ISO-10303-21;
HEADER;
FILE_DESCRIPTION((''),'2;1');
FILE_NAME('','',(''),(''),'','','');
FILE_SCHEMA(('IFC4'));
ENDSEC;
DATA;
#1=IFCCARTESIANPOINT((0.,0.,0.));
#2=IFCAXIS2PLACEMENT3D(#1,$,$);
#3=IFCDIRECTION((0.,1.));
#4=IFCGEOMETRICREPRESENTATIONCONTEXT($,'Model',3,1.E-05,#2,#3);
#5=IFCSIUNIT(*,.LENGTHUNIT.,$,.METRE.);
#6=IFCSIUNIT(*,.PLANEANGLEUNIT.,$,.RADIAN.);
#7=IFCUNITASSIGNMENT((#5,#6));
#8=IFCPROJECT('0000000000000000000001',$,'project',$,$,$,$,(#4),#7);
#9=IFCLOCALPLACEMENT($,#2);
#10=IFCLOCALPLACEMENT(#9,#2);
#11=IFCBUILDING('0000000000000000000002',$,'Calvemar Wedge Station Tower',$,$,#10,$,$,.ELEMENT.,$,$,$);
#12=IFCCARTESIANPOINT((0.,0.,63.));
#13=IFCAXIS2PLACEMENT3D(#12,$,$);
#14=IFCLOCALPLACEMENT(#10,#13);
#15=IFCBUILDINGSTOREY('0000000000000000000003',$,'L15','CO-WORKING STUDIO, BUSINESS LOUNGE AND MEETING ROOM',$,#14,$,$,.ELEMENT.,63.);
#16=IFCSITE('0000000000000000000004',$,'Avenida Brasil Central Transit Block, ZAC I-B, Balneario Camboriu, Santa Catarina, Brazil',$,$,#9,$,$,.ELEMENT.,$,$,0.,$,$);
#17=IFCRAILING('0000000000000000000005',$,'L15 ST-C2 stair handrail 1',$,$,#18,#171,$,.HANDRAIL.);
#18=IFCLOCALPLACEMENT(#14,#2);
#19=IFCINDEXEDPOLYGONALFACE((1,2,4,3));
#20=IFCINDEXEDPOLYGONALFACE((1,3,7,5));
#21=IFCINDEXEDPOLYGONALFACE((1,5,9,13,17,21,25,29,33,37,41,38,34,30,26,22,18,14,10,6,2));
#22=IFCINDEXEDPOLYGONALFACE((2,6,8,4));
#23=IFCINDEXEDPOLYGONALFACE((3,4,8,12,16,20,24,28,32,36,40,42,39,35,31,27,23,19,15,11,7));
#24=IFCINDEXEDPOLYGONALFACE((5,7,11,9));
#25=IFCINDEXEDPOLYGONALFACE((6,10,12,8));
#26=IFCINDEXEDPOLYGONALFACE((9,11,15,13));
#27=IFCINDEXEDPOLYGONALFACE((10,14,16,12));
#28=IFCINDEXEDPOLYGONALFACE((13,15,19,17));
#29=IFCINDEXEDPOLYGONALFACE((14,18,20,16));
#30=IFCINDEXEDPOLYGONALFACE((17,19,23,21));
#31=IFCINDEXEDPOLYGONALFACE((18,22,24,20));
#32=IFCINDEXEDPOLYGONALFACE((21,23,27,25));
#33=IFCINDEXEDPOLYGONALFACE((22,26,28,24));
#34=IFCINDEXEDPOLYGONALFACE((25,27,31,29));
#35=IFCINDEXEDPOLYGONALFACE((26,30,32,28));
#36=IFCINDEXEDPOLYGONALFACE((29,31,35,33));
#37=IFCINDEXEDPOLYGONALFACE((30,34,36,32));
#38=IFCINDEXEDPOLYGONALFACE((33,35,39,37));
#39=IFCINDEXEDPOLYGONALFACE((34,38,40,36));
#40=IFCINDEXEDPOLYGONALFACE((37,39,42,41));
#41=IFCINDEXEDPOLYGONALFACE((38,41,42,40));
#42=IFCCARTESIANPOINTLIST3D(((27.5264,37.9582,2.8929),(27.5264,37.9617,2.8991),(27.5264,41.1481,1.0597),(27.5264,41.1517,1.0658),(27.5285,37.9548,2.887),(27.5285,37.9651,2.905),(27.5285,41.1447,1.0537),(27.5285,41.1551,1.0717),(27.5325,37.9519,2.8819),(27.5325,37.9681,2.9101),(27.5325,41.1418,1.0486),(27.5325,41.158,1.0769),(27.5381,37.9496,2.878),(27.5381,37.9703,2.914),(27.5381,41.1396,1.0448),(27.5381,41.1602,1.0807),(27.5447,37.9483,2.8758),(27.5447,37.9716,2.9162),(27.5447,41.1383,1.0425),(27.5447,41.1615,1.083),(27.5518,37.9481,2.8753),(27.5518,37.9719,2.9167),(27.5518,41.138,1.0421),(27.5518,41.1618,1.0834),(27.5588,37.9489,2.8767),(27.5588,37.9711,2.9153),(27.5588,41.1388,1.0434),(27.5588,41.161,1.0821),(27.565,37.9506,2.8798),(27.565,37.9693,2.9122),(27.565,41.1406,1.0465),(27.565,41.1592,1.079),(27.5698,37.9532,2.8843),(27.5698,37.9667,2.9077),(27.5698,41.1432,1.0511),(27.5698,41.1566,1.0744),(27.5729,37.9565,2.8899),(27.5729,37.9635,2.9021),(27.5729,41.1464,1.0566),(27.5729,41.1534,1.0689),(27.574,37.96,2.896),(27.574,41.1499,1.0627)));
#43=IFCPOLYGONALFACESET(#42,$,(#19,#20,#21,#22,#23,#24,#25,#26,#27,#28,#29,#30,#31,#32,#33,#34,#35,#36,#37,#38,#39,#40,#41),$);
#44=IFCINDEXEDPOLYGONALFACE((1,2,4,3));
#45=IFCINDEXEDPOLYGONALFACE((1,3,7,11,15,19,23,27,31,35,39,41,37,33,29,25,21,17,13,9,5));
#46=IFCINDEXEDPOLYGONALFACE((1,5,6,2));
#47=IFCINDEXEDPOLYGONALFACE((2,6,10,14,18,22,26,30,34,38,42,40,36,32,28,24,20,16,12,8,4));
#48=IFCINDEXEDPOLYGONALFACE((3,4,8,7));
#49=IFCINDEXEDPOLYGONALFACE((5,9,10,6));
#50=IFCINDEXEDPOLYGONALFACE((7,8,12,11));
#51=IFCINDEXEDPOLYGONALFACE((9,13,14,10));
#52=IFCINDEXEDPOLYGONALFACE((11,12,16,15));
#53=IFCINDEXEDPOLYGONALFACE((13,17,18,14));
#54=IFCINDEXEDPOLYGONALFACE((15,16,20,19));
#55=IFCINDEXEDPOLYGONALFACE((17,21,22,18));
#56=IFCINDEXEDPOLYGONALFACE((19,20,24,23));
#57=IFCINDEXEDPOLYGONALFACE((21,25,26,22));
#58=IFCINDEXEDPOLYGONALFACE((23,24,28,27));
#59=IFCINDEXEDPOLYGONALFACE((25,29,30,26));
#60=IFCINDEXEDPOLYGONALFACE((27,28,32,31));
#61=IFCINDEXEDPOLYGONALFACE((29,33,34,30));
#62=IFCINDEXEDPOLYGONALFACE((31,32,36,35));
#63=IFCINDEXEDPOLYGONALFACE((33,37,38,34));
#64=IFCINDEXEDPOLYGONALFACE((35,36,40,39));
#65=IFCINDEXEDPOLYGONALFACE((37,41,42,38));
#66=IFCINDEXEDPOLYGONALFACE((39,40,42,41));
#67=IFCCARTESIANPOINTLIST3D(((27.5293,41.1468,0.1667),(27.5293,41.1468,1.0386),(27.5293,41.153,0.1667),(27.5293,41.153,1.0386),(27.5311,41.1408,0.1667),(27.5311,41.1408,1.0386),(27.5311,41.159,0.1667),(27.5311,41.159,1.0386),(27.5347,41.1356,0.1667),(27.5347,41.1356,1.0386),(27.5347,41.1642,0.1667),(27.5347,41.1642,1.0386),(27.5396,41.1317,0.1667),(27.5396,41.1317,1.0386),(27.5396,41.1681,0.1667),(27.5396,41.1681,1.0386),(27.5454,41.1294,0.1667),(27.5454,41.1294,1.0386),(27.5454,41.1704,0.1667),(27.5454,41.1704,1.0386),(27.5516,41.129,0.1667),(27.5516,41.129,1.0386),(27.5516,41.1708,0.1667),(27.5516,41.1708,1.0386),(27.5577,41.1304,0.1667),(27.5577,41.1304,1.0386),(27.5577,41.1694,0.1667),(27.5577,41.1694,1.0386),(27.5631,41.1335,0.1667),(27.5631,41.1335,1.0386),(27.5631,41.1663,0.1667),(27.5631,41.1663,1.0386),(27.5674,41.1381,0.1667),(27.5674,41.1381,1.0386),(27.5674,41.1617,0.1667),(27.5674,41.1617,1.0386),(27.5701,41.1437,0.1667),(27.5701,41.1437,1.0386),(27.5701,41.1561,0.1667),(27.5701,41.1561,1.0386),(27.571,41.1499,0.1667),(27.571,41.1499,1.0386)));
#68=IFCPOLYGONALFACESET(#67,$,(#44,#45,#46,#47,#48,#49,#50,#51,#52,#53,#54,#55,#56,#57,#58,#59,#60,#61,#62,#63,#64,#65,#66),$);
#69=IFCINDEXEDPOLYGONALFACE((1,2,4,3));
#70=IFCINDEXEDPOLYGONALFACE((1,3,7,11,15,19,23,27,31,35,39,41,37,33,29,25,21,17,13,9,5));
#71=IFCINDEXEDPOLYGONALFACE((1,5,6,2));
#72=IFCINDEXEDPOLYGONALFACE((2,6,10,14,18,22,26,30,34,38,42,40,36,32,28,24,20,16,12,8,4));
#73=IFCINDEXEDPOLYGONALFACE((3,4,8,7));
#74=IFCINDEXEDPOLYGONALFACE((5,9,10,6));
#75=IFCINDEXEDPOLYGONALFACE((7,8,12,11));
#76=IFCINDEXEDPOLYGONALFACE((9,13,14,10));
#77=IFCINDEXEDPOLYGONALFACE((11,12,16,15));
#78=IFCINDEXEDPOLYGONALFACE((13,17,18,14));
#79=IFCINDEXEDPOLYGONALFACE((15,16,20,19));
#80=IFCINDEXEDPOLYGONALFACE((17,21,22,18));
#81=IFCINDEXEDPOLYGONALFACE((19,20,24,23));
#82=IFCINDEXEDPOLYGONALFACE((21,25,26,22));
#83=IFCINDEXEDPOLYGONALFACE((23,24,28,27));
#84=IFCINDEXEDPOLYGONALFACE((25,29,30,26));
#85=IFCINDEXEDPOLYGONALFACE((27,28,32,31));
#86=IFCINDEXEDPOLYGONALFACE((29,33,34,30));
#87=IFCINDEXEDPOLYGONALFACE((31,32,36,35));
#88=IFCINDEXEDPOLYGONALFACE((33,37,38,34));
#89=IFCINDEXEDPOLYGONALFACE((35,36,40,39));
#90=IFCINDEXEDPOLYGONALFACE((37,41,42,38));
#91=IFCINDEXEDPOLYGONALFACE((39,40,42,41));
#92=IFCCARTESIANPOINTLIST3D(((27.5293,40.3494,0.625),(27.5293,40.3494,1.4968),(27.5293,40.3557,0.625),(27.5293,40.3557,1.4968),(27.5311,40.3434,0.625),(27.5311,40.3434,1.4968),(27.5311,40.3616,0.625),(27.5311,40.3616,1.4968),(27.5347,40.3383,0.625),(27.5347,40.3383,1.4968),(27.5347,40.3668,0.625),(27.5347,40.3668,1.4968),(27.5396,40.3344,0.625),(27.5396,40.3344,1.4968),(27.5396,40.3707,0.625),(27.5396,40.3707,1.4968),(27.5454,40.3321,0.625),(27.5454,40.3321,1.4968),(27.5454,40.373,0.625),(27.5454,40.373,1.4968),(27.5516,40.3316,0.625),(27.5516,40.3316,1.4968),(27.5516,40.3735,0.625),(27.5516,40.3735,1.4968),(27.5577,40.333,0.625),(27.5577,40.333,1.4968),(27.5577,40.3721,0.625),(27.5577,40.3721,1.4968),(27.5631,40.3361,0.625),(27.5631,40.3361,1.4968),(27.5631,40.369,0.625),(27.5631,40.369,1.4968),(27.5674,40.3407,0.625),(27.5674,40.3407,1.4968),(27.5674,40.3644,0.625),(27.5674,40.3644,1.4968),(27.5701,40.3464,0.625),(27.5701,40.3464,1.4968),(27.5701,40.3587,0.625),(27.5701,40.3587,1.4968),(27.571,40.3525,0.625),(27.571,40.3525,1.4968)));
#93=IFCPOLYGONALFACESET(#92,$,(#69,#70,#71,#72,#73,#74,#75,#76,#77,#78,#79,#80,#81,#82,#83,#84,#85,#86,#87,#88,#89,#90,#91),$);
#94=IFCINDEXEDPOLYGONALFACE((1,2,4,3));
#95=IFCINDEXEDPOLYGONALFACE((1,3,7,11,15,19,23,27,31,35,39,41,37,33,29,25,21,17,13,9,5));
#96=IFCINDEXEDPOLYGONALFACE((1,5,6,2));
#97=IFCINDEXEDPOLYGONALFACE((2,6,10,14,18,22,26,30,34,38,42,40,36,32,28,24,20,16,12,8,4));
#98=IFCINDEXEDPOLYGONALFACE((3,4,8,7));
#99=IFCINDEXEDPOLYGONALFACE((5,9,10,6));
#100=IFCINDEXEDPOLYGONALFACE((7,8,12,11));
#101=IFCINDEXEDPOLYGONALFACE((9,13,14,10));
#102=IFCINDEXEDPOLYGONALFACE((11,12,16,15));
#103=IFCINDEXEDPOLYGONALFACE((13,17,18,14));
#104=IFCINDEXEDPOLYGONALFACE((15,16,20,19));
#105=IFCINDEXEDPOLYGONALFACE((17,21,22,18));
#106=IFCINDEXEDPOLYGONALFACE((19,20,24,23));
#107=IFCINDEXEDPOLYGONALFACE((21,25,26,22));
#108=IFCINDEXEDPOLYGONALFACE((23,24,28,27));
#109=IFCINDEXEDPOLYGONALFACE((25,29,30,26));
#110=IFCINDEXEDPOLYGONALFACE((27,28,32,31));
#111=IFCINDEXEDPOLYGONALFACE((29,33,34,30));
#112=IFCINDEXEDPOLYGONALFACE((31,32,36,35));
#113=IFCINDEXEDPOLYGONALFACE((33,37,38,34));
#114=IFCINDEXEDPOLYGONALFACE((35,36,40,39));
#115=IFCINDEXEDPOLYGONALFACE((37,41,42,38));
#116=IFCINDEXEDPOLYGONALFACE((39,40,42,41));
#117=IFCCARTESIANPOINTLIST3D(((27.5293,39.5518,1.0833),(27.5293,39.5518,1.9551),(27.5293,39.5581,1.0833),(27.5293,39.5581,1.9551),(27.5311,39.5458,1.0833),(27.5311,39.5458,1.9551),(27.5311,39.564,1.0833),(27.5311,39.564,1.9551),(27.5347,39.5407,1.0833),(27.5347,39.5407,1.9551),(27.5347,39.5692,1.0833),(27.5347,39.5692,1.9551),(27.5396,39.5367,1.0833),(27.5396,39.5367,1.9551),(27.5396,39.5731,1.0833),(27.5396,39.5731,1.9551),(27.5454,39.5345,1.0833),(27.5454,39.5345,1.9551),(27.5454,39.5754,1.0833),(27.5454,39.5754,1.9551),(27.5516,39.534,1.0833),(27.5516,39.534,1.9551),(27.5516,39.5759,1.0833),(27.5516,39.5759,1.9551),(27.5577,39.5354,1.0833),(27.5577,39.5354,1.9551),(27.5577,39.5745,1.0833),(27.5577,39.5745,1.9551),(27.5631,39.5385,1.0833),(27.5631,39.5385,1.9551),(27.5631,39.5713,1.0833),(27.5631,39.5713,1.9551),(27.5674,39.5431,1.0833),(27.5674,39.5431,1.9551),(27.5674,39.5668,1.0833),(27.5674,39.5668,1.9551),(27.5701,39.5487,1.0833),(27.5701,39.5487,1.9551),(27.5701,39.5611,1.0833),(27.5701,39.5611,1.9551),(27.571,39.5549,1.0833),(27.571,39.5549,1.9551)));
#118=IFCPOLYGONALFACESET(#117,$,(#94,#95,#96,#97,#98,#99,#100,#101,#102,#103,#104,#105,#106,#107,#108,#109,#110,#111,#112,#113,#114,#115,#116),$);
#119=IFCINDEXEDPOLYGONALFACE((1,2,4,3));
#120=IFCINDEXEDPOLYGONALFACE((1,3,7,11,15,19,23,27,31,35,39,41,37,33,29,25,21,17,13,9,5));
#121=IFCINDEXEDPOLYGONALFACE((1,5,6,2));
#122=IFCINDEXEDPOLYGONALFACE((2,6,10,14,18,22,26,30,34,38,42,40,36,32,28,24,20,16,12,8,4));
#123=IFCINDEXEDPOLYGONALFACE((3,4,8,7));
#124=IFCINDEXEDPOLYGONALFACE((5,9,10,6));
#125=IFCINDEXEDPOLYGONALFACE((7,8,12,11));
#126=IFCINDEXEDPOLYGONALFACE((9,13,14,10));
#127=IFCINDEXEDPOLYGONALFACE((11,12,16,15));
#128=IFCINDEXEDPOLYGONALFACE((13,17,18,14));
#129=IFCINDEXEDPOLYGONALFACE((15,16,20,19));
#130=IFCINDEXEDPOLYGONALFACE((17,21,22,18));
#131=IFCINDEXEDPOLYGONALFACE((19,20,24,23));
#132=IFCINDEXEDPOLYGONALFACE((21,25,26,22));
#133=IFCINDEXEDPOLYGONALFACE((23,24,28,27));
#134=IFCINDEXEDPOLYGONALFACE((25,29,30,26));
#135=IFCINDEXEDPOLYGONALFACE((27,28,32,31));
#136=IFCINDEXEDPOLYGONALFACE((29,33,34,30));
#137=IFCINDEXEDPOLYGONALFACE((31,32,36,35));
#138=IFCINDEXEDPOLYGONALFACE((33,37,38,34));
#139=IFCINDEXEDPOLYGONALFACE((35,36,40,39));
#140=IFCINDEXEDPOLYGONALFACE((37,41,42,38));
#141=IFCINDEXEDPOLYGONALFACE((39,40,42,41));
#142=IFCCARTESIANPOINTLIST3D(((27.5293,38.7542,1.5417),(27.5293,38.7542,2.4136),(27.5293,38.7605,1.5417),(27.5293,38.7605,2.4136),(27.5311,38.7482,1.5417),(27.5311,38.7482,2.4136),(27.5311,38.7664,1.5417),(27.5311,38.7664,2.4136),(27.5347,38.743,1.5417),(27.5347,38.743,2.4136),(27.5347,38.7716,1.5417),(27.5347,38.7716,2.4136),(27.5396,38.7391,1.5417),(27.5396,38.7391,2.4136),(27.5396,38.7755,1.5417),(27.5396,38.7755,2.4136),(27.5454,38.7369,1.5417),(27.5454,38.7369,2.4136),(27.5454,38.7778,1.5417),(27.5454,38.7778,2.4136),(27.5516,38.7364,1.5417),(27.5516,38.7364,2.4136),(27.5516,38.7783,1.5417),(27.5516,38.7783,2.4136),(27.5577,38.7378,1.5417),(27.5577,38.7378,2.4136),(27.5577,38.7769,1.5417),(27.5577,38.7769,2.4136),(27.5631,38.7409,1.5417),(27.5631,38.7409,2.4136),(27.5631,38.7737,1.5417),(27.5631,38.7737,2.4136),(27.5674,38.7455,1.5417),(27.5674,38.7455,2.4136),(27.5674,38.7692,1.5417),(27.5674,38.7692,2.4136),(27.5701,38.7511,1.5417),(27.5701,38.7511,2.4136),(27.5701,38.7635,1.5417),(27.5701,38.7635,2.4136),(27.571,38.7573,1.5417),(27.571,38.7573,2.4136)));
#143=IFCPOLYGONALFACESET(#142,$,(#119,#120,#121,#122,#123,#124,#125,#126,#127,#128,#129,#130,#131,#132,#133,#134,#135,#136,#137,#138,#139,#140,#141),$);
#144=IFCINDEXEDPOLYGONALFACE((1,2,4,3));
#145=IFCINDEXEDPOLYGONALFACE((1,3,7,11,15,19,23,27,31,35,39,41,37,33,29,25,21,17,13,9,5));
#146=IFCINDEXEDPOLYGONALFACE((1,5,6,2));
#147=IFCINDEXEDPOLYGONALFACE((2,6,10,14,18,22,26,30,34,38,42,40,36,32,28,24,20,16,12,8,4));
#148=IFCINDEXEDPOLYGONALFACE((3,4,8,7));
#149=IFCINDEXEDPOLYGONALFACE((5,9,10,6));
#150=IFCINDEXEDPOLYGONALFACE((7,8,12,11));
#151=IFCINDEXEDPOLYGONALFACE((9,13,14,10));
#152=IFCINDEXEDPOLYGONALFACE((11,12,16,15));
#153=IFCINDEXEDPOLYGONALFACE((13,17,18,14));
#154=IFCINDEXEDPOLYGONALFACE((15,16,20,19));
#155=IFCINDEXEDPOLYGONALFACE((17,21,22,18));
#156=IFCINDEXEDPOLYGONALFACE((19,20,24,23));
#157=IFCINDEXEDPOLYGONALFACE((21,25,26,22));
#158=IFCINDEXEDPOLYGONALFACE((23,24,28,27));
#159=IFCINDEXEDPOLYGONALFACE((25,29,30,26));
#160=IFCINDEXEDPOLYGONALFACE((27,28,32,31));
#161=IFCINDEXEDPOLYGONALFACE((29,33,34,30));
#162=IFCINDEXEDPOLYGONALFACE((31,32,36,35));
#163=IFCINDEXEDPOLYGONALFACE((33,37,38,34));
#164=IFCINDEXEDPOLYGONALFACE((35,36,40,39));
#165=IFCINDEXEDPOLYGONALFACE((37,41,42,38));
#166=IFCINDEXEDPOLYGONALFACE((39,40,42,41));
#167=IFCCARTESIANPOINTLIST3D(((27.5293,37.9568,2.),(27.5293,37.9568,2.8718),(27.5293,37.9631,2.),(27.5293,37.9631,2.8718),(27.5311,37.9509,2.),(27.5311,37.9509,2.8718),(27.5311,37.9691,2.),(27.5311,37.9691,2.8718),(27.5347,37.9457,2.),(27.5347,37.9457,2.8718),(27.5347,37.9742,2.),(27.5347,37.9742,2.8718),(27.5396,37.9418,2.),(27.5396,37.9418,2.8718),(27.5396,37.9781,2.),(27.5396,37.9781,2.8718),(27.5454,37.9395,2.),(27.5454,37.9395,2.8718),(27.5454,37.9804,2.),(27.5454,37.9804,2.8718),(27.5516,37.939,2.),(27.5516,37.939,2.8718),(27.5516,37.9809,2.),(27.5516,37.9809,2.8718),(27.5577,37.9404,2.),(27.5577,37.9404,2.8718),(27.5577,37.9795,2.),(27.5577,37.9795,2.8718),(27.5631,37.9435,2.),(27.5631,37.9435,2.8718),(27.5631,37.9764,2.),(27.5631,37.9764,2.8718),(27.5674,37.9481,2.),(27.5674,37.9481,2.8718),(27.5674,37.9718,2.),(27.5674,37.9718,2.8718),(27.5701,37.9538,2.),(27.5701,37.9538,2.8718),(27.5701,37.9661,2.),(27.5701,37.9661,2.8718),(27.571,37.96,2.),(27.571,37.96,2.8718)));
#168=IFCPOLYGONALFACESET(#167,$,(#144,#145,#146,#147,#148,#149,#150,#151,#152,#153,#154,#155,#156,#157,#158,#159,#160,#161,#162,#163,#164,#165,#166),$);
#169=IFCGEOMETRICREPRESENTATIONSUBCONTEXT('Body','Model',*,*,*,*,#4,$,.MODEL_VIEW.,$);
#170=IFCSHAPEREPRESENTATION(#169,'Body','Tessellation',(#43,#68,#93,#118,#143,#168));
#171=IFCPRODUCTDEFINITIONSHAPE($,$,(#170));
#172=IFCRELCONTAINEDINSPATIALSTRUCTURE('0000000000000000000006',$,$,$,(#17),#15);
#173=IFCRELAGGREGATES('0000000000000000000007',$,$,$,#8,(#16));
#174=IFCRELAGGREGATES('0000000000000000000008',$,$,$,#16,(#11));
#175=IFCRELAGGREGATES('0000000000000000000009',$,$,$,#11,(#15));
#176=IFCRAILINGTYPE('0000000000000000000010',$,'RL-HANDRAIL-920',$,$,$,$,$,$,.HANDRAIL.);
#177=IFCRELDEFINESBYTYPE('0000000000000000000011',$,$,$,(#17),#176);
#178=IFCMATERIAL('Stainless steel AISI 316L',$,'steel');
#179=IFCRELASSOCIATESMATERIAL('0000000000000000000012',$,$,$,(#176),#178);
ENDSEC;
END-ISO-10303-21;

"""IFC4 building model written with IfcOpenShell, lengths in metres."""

from ifc_helpers import new_model, si_unit, direction, frame, origin, origin_2d, place, context, subcontext, project, spatial, circle, extrude, material, type_object, element, save


model = new_model("IFC4")

# Units and contexts
model_context = context("Model", 3, precision=1e-05, world=origin(), true_north=direction((0.0, 1.0)))
body_context = subcontext(model_context, "Body", "Model", "MODEL_VIEW")
ifc_project = project(units=[si_unit("LENGTHUNIT", "METRE"), si_unit("PLANEANGLEUNIT", "RADIAN")], contexts=[model_context])

# Site, building, storey
site_placement = place(None, origin())
site = spatial("IfcSite", under=ifc_project, at=site_placement, Name="Avenida Brasil Central Transit Block, ZAC I-B, Balneario Camboriu, Santa Catarina, Brazil", CompositionType="ELEMENT", RefElevation=0.0)
building_placement = place(site_placement, origin())
building = spatial("IfcBuilding", under=site, at=building_placement, Name="Calvemar Wedge Station Tower", CompositionType="ELEMENT")
storey_placement = place(building_placement, frame((0.0, 0.0, 63.0)))
storey = spatial("IfcBuildingStorey", under=building, at=storey_placement, Name="L15", Description="CO-WORKING STUDIO, BUSINESS LOUNGE AND MEETING ROOM", CompositionType="ELEMENT", Elevation=63.0)

# Railing
ifc_material_1 = material(Name="Stainless steel AISI 316L", Category="steel")
railing_type_1 = type_object("IfcRailingType", Name="RL-HANDRAIL-920", PredefinedType="HANDRAIL", material=ifc_material_1)
railing_1_placement = place(storey_placement, frame((27.55, 41.1499, 0.1667)))
element("IfcRailing", 1, at=railing_1_placement, inside=storey, type_object=railing_type_1, Name="L15 ST-C2 stair handrail 1", PredefinedType="HANDRAIL", context=body_context, shape_type="SweptSolid", body=[
    extrude(circle(Radius=0.0239, at=origin_2d()), frame((0.0, 0.0, 0.896), z_axis=(0.0, -0.86702, 0.498274), x_axis=(1.0, 0.0, 0.0)), (0.0, 0.0, 1.0), 3.6792),
    extrude(circle(Radius=0.021, at=origin_2d()), origin(), (0.0, 0.0, 1.0), 0.8718),
    extrude(circle(Radius=0.021, at=origin_2d()), frame((0.0, -0.7974, 0.4583)), (0.0, 0.0, 1.0), 0.8718),
    extrude(circle(Radius=0.021, at=origin_2d()), frame((0.0, -1.595, 0.9165)), (0.0, 0.0, 1.0), 0.8718),
    extrude(circle(Radius=0.021, at=origin_2d()), frame((0.0, -2.3926, 1.375)), (0.0, 0.0, 1.0), 0.8718),
    extrude(circle(Radius=0.021, at=origin_2d()), frame((0.0, -3.1899, 1.8333)), (0.0, 0.0, 1.0), 0.8718),
])

save(model, "model.ifc")
